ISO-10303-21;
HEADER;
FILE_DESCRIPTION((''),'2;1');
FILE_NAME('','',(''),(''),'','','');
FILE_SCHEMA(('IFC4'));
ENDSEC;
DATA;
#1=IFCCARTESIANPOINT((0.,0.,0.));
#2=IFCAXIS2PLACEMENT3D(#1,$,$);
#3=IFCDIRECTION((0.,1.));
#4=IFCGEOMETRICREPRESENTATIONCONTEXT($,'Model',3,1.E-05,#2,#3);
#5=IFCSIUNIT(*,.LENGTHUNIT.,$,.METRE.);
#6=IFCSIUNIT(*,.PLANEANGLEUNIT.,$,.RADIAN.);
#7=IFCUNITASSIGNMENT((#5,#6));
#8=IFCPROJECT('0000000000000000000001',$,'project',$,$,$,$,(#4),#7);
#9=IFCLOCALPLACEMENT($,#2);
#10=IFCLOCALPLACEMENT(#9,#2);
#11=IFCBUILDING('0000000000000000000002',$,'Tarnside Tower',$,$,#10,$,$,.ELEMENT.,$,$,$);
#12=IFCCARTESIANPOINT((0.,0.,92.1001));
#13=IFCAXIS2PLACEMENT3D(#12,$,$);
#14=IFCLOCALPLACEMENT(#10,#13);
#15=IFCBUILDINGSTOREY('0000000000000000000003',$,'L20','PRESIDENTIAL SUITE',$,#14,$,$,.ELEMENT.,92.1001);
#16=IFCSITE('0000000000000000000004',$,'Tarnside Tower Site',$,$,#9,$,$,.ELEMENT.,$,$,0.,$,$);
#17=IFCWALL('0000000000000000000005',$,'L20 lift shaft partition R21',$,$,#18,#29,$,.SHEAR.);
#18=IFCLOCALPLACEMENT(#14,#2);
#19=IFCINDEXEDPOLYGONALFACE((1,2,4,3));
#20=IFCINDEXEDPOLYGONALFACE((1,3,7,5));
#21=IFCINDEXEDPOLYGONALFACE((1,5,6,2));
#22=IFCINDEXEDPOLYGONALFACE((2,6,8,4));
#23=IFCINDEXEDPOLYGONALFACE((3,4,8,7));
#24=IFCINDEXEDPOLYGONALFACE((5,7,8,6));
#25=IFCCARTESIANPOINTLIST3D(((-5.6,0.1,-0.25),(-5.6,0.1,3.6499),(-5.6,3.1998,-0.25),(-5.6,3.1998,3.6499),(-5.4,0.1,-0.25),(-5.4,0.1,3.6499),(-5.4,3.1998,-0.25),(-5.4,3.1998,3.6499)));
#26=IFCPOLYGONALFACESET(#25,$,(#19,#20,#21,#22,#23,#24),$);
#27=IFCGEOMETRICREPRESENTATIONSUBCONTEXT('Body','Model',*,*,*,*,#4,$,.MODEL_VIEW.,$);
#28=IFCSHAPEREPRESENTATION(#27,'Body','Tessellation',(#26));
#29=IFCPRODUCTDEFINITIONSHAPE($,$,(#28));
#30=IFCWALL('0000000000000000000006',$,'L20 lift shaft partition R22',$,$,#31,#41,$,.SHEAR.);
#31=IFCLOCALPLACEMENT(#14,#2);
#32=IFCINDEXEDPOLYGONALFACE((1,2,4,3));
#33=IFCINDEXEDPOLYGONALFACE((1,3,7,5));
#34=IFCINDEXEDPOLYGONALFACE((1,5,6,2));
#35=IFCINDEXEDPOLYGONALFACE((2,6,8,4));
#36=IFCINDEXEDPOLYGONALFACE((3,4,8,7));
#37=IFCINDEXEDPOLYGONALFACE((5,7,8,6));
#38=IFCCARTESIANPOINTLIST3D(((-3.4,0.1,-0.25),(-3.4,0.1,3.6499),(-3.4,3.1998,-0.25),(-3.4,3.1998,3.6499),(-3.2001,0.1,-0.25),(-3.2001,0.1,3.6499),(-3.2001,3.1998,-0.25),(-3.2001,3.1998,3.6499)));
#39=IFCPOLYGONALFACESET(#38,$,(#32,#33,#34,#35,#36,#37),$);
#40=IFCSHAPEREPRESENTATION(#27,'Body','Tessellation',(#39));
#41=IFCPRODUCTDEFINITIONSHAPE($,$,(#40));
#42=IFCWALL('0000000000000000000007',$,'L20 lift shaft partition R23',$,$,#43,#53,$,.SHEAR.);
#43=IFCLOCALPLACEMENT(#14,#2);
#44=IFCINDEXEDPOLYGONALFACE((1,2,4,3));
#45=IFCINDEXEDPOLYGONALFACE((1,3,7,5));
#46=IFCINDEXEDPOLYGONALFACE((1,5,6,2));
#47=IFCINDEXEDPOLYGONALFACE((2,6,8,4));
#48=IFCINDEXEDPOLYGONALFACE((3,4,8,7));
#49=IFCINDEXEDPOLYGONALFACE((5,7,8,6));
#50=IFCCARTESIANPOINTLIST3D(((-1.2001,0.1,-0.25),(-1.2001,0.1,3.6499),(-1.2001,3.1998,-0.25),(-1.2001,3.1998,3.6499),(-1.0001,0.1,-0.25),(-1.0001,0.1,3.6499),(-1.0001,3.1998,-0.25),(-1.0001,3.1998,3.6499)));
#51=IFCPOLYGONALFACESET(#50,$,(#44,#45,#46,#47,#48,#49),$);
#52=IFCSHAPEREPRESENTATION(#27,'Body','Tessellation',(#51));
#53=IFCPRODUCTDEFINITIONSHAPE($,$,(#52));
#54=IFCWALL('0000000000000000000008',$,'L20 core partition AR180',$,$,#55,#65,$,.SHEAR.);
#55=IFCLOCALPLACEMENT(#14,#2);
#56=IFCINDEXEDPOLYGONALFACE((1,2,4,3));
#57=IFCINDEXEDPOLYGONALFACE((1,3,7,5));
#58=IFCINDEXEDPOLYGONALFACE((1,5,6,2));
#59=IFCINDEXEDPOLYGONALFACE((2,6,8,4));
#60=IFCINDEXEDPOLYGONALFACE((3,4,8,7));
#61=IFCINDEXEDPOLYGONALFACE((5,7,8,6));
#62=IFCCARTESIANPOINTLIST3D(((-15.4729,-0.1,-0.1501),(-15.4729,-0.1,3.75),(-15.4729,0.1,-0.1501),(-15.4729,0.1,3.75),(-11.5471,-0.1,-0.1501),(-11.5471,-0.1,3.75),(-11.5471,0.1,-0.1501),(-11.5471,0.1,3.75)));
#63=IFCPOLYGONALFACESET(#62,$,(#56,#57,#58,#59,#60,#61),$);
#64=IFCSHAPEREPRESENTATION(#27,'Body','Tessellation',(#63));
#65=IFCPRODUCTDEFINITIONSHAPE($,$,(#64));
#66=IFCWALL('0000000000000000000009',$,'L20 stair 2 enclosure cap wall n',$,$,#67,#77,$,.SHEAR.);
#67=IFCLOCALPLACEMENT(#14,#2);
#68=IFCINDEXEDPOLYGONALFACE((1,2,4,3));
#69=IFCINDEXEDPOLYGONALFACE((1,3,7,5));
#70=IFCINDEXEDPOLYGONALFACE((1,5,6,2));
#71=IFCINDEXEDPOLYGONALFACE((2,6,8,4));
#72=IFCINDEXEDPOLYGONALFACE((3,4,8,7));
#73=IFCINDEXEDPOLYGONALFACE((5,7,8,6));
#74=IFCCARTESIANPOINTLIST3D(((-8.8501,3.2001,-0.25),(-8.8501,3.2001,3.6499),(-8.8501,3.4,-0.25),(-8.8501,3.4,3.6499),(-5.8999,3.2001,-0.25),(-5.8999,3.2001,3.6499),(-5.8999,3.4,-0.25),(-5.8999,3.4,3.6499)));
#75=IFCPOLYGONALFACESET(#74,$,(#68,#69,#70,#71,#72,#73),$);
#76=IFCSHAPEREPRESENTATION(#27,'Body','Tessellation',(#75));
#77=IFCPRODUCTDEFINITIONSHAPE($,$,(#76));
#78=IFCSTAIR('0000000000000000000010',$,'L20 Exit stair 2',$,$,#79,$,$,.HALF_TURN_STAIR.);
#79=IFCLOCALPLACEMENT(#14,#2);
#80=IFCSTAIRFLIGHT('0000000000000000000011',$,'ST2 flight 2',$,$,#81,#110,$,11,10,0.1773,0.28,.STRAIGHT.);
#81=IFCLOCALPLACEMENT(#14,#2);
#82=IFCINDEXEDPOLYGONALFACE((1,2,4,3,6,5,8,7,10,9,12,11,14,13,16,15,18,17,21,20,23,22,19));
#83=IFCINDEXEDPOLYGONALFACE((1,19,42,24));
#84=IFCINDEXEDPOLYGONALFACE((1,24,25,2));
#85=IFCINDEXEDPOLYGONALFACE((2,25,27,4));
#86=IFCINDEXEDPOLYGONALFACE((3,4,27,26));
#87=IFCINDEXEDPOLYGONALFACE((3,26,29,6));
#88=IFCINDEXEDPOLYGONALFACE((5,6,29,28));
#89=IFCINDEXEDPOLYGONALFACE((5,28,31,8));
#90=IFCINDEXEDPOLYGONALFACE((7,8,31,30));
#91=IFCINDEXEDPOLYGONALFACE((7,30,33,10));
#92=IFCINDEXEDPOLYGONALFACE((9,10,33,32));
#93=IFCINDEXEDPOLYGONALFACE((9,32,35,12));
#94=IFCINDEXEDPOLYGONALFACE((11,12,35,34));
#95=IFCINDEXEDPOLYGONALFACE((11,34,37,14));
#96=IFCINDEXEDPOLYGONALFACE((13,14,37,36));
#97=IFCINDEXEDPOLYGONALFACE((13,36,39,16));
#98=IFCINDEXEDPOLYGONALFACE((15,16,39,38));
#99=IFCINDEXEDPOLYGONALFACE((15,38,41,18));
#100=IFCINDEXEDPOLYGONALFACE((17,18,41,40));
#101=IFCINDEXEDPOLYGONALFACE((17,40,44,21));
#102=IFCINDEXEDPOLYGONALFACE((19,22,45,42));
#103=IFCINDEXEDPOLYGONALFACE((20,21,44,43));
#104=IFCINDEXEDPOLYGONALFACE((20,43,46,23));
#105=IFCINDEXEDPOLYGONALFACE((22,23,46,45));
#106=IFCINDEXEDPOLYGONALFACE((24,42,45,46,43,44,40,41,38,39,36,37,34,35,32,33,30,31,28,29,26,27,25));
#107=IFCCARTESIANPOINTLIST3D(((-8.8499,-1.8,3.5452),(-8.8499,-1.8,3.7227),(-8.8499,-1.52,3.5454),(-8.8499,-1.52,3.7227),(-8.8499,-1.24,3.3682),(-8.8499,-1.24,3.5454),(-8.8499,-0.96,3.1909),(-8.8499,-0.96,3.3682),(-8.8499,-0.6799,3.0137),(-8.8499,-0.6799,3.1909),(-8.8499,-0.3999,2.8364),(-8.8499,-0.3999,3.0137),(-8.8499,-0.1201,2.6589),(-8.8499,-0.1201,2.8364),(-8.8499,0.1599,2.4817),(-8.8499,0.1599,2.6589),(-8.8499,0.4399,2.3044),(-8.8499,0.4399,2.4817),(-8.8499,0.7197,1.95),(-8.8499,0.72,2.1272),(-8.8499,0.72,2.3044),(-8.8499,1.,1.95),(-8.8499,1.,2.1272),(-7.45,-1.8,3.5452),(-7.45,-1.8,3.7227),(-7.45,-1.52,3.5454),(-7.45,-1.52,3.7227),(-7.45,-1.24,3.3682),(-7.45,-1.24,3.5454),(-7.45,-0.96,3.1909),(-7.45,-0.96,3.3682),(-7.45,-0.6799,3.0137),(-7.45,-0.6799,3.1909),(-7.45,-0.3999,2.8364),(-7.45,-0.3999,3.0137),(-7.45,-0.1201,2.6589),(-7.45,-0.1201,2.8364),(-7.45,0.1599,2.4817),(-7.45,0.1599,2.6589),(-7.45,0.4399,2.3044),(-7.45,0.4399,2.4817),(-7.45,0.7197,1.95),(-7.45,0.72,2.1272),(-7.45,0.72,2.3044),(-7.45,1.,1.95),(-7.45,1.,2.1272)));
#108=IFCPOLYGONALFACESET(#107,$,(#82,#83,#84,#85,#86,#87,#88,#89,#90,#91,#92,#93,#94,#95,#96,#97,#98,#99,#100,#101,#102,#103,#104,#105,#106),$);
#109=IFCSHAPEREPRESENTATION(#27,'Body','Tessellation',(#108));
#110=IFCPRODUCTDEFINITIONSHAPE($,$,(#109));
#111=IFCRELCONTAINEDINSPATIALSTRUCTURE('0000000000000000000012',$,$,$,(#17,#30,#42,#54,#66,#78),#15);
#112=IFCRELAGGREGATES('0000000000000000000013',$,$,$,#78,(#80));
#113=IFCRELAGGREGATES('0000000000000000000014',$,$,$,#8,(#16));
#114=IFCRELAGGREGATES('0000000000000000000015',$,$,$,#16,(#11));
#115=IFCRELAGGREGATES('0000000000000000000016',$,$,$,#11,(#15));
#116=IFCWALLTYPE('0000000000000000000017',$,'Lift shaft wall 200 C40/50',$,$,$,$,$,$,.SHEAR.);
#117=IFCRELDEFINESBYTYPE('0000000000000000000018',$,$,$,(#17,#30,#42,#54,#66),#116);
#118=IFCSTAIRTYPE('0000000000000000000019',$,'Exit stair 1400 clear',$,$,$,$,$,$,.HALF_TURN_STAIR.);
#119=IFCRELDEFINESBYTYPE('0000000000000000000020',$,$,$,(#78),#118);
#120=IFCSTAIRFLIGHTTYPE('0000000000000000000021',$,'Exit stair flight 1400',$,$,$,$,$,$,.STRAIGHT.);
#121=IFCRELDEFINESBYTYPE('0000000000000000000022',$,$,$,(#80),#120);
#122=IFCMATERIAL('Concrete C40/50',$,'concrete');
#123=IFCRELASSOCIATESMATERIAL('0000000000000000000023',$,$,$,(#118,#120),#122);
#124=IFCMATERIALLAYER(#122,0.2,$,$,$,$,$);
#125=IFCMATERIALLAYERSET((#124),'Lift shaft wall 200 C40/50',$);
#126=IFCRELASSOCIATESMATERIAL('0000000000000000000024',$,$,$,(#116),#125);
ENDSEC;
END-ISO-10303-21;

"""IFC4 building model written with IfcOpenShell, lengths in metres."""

from ifc_helpers import new_model, si_unit, direction, frame, frame_2d, origin, place, context, subcontext, project, spatial, polyline, rectangle, outline, extrude, material, layer, layer_set, type_object, element, aggregate, save


model = new_model("IFC4")

# Units and contexts
model_context = context("Model", 3, precision=1e-05, world=origin(), true_north=direction((0.0, 1.0)))
body_context = subcontext(model_context, "Body", "Model", "MODEL_VIEW")
ifc_project = project(units=[si_unit("LENGTHUNIT", "METRE"), si_unit("PLANEANGLEUNIT", "RADIAN")], contexts=[model_context])

# Site, building, storey
site_placement = place(None, origin())
site = spatial("IfcSite", under=ifc_project, at=site_placement, Name="Tarnside Tower Site", CompositionType="ELEMENT", RefElevation=0.0)
building_placement = place(site_placement, origin())
building = spatial("IfcBuilding", under=site, at=building_placement, Name="Tarnside Tower", CompositionType="ELEMENT")
storey_placement = place(building_placement, frame((0.0, 0.0, 92.1001)))
storey = spatial("IfcBuildingStorey", under=building, at=storey_placement, Name="L20", Description="PRESIDENTIAL SUITE", CompositionType="ELEMENT", Elevation=92.1001)

# Shared definitions
ifc_material_1 = material(Name="Concrete C40/50", Category="concrete")
stair_type = type_object("IfcStairType", Name="Exit stair 1400 clear", PredefinedType="HALF_TURN_STAIR", material=ifc_material_1)

# Walls
ifc_layer_1 = layer(ifc_material_1, 0.2)
ifc_layer_set_1 = layer_set([ifc_layer_1], Name="Lift shaft wall 200 C40/50")
wall_type_1 = type_object("IfcWallType", Name="Lift shaft wall 200 C40/50", PredefinedType="SHEAR", material=ifc_layer_set_1)
for number, where, z_axis, x_axis, name in (
    (1, (-5.5, 0.1001, -0.25), (0.0, 0.0, 1.0), (0.0, 1.0, 0.0), "L20 lift shaft partition R21"),
    (2, (-3.3, 0.1001, -0.25), (0.0, 0.0, 1.0), (0.0, 1.0, 0.0), "L20 lift shaft partition R22"),
    (3, (-1.1001, 0.1001, -0.25), (0.0, 0.0, 1.0), (0.0, 1.0, 0.0), "L20 lift shaft partition R23"),
):
    element("IfcWall", number, at=place(storey_placement, frame(where, z_axis=z_axis, x_axis=x_axis)), inside=storey, type_object=wall_type_1, Name=name, PredefinedType="SHEAR", context=body_context, shape_type="SweptSolid", body=[
        extrude(rectangle(XDim=3.0999, YDim=0.2, at=frame_2d((1.5498, 0.0))), origin(), (0.0, 0.0, 1.0), 3.8999),
    ])
wall_1_placement = place(storey_placement, frame((-11.5471, 0.0, -0.1501), z_axis=(0.0, 0.0, 1.0), x_axis=(-1.0, 0.0, 0.0)))
element("IfcWall", 4, at=wall_1_placement, inside=storey, type_object=wall_type_1, Name="L20 core partition AR180", PredefinedType="SHEAR", context=body_context, shape_type="SweptSolid", body=[
    extrude(rectangle(XDim=3.9258, YDim=0.2, at=frame_2d((1.9629, 0.0))), origin(), (0.0, 0.0, 1.0), 3.9001),
])
wall_2_placement = place(storey_placement, frame((-8.8501, 3.3, -0.25), z_axis=(0.0, 0.0, 1.0), x_axis=(1.0, 0.0, 0.0)))
element("IfcWall", 5, at=wall_2_placement, inside=storey, type_object=wall_type_1, Name="L20 stair 2 enclosure cap wall n", PredefinedType="SHEAR", context=body_context, shape_type="SweptSolid", body=[
    extrude(rectangle(XDim=2.9502, YDim=0.2, at=frame_2d((1.4751, 0.0))), origin(), (0.0, 0.0, 1.0), 3.8999),
])

# Stair, stair flight
stair_1_placement = place(storey_placement, origin())
stair_1 = element("IfcStair", 6, at=stair_1_placement, inside=storey, type_object=stair_type, Name="L20 Exit stair 2", PredefinedType="HALF_TURN_STAIR")
stair_flight_type = type_object("IfcStairFlightType", Name="Exit stair flight 1400", PredefinedType="STRAIGHT", material=ifc_material_1)
stair_flight_placement = place(storey_placement, frame((-8.1499, 1.0, 1.95), z_axis=(0.0, 0.0, 1.0), x_axis=(0.0, -1.0, 0.0)))
stair_flight = element("IfcStairFlight", 7, at=stair_flight_placement, type_object=stair_flight_type, Name="ST2 flight 2", NumberOfRisers=11, NumberOfTreads=10, PredefinedType="STRAIGHT", RiserHeight=0.1773, TreadLength=0.28, context=body_context, shape_type="SweptSolid", body=[
    extrude(outline(polyline([(0.0, 0.0), (0.0, 0.1772), (0.28, 0.1772), (0.28, 0.3545), (0.5601, 0.3545), (0.5601, 0.5317), (0.8401, 0.5317), (0.8401, 0.709), (1.1201, 0.709), (1.1201, 0.8865), (1.3999, 0.8865), (1.3999, 1.0637), (1.6799, 1.0637), (1.6799, 1.241), (1.96, 1.241), (1.96, 1.4182), (2.24, 1.4182), (2.24, 1.5955), (2.52, 1.5955), (2.52, 1.7727), (2.8, 1.7727), (2.8, 1.95), (2.8, 1.5952), (0.2803, 0.0), (0.0, 0.0)])), frame((0.0, 0.7, 0.0), z_axis=(0.0, -1.0, 0.0), x_axis=(1.0, 0.0, 0.0)), (0.0, 0.0, 1.0), 1.3999),
])
aggregate(stair_1, [stair_flight])

save(model, "model.ifc")
